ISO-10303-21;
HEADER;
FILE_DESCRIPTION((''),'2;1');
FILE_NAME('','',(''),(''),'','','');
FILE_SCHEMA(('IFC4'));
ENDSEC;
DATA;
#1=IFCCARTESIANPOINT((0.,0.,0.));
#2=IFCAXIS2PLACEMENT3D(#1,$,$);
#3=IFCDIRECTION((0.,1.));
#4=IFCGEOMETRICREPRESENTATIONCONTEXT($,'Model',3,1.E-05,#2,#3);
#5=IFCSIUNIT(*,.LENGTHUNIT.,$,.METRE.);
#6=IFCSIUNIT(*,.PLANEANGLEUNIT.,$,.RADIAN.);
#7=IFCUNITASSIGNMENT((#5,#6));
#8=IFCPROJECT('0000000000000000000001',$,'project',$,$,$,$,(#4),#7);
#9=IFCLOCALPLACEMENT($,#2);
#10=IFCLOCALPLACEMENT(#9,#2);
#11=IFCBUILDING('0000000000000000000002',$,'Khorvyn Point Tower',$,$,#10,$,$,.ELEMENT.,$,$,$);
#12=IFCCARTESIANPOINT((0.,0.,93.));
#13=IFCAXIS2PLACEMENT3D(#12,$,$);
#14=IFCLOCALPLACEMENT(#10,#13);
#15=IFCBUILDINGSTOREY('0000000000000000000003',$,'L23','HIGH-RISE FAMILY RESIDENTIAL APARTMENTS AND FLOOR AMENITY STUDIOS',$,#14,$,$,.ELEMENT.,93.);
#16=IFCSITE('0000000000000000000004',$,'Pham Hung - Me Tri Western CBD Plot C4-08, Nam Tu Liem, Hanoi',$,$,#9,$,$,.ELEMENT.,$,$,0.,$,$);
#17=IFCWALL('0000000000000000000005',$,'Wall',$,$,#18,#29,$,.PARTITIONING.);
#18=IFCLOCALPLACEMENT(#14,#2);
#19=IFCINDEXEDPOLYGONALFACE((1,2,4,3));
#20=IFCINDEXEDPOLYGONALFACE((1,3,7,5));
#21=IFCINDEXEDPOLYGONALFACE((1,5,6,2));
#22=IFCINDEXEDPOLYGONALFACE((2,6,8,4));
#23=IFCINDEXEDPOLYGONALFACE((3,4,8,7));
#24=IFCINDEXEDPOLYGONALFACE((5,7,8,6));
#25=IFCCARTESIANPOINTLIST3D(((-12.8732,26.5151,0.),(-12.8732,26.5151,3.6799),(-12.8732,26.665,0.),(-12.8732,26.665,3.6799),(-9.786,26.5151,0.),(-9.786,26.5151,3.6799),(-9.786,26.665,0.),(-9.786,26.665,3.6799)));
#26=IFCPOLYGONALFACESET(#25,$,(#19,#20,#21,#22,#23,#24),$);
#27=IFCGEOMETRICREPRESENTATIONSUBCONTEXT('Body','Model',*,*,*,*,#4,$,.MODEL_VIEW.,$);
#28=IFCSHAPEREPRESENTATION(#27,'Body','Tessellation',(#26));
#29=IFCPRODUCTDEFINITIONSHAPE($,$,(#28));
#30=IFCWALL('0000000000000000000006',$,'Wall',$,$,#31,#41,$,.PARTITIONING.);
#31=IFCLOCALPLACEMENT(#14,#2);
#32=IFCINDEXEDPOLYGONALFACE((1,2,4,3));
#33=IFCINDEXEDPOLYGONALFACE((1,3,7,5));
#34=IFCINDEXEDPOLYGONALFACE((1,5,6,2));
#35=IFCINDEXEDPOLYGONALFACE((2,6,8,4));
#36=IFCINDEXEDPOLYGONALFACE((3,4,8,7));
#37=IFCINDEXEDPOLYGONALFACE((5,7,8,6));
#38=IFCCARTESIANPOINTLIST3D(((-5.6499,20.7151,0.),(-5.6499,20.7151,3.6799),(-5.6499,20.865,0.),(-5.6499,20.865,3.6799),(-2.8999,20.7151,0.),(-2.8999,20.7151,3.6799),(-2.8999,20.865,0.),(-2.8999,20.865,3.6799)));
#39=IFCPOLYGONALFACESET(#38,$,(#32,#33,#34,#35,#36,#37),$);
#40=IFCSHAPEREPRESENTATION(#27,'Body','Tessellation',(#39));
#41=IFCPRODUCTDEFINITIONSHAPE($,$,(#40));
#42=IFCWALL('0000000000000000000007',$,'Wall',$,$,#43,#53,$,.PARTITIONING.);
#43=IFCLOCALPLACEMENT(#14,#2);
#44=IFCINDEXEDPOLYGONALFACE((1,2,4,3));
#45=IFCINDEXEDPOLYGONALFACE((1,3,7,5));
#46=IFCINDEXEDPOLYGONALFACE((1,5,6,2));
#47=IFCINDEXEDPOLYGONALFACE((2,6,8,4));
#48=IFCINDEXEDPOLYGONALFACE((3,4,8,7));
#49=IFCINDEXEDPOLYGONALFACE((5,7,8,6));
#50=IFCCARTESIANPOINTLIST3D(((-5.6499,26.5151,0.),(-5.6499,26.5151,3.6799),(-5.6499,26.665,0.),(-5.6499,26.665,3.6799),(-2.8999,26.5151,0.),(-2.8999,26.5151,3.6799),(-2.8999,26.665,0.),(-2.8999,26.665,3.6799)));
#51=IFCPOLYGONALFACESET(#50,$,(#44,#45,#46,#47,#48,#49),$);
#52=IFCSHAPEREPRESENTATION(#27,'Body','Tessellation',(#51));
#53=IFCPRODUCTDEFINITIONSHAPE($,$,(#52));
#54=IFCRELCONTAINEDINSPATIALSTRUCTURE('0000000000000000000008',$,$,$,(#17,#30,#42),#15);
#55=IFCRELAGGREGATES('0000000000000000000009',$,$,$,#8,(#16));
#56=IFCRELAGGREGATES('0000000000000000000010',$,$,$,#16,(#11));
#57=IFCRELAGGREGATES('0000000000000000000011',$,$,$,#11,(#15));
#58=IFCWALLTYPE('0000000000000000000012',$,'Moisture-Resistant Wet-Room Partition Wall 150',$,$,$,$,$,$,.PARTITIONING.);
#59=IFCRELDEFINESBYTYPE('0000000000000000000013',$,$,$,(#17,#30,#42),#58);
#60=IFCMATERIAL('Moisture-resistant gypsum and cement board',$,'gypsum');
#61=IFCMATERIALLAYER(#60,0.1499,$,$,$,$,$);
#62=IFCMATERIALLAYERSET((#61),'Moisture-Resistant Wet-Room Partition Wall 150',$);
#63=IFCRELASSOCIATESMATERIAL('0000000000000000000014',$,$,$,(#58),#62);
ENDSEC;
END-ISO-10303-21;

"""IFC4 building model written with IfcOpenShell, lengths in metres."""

from ifc_helpers import new_model, si_unit, direction, frame, frame_2d, origin, place, context, subcontext, project, spatial, rectangle, extrude, material, layer, layer_set, type_object, element, save


model = new_model("IFC4")

# Units and contexts
model_context = context("Model", 3, precision=1e-05, world=origin(), true_north=direction((0.0, 1.0)))
body_context = subcontext(model_context, "Body", "Model", "MODEL_VIEW")
ifc_project = project(units=[si_unit("LENGTHUNIT", "METRE"), si_unit("PLANEANGLEUNIT", "RADIAN")], contexts=[model_context])

# Site, building, storey
site_placement = place(None, origin())
site = spatial("IfcSite", under=ifc_project, at=site_placement, Name="Pham Hung - Me Tri Western CBD Plot C4-08, Nam Tu Liem, Hanoi", CompositionType="ELEMENT", RefElevation=0.0)
building_placement = place(site_placement, origin())
building = spatial("IfcBuilding", under=site, at=building_placement, Name="Khorvyn Point Tower", CompositionType="ELEMENT")
storey_placement = place(building_placement, frame((0.0, 0.0, 93.0)))
storey = spatial("IfcBuildingStorey", under=building, at=storey_placement, Name="L23", Description="HIGH-RISE FAMILY RESIDENTIAL APARTMENTS AND FLOOR AMENITY STUDIOS", CompositionType="ELEMENT", Elevation=93.0)

# Shared definitions
ifc_material_1 = material(Name="Moisture-resistant gypsum and cement board", Category="gypsum")
ifc_layer_1 = layer(ifc_material_1, 0.1499)
ifc_layer_set_1 = layer_set([ifc_layer_1], Name="Moisture-Resistant Wet-Room Partition Wall 150")
wall_type_1 = type_object("IfcWallType", Name="Moisture-Resistant Wet-Room Partition Wall 150", PredefinedType="PARTITIONING", material=ifc_layer_set_1)

# Walls
for number, where, z_axis, x_axis, name in (
    (1, (-12.873, 26.5901, 0.0), (0.0, 0.0, 1.0), (1.0, 0.0, 0.0), "Wall"),
):
    element("IfcWall", number, at=place(storey_placement, frame(where, z_axis=z_axis, x_axis=x_axis)), inside=storey, type_object=wall_type_1, Name=name, PredefinedType="PARTITIONING", context=body_context, shape_type="SweptSolid", body=[
        extrude(rectangle(XDim=3.0872, YDim=0.1499, at=frame_2d((1.5435, 0.0))), origin(), (0.0, 0.0, 1.0), 3.6799),
    ])
for number, where, z_axis, x_axis, name in (
    (2, (-5.6499, 20.79, 0.0), (0.0, 0.0, 1.0), (1.0, 0.0, 0.0), "Wall"),
    (3, (-5.6499, 26.5901, 0.0), (0.0, 0.0, 1.0), (1.0, 0.0, 0.0), "Wall"),
):
    element("IfcWall", number, at=place(storey_placement, frame(where, z_axis=z_axis, x_axis=x_axis)), inside=storey, type_object=wall_type_1, Name=name, PredefinedType="PARTITIONING", context=body_context, shape_type="SweptSolid", body=[
        extrude(rectangle(XDim=2.75, YDim=0.1499, at=frame_2d((1.375, 0.0))), origin(), (0.0, 0.0, 1.0), 3.6799),
    ])

save(model, "model.ifc")
